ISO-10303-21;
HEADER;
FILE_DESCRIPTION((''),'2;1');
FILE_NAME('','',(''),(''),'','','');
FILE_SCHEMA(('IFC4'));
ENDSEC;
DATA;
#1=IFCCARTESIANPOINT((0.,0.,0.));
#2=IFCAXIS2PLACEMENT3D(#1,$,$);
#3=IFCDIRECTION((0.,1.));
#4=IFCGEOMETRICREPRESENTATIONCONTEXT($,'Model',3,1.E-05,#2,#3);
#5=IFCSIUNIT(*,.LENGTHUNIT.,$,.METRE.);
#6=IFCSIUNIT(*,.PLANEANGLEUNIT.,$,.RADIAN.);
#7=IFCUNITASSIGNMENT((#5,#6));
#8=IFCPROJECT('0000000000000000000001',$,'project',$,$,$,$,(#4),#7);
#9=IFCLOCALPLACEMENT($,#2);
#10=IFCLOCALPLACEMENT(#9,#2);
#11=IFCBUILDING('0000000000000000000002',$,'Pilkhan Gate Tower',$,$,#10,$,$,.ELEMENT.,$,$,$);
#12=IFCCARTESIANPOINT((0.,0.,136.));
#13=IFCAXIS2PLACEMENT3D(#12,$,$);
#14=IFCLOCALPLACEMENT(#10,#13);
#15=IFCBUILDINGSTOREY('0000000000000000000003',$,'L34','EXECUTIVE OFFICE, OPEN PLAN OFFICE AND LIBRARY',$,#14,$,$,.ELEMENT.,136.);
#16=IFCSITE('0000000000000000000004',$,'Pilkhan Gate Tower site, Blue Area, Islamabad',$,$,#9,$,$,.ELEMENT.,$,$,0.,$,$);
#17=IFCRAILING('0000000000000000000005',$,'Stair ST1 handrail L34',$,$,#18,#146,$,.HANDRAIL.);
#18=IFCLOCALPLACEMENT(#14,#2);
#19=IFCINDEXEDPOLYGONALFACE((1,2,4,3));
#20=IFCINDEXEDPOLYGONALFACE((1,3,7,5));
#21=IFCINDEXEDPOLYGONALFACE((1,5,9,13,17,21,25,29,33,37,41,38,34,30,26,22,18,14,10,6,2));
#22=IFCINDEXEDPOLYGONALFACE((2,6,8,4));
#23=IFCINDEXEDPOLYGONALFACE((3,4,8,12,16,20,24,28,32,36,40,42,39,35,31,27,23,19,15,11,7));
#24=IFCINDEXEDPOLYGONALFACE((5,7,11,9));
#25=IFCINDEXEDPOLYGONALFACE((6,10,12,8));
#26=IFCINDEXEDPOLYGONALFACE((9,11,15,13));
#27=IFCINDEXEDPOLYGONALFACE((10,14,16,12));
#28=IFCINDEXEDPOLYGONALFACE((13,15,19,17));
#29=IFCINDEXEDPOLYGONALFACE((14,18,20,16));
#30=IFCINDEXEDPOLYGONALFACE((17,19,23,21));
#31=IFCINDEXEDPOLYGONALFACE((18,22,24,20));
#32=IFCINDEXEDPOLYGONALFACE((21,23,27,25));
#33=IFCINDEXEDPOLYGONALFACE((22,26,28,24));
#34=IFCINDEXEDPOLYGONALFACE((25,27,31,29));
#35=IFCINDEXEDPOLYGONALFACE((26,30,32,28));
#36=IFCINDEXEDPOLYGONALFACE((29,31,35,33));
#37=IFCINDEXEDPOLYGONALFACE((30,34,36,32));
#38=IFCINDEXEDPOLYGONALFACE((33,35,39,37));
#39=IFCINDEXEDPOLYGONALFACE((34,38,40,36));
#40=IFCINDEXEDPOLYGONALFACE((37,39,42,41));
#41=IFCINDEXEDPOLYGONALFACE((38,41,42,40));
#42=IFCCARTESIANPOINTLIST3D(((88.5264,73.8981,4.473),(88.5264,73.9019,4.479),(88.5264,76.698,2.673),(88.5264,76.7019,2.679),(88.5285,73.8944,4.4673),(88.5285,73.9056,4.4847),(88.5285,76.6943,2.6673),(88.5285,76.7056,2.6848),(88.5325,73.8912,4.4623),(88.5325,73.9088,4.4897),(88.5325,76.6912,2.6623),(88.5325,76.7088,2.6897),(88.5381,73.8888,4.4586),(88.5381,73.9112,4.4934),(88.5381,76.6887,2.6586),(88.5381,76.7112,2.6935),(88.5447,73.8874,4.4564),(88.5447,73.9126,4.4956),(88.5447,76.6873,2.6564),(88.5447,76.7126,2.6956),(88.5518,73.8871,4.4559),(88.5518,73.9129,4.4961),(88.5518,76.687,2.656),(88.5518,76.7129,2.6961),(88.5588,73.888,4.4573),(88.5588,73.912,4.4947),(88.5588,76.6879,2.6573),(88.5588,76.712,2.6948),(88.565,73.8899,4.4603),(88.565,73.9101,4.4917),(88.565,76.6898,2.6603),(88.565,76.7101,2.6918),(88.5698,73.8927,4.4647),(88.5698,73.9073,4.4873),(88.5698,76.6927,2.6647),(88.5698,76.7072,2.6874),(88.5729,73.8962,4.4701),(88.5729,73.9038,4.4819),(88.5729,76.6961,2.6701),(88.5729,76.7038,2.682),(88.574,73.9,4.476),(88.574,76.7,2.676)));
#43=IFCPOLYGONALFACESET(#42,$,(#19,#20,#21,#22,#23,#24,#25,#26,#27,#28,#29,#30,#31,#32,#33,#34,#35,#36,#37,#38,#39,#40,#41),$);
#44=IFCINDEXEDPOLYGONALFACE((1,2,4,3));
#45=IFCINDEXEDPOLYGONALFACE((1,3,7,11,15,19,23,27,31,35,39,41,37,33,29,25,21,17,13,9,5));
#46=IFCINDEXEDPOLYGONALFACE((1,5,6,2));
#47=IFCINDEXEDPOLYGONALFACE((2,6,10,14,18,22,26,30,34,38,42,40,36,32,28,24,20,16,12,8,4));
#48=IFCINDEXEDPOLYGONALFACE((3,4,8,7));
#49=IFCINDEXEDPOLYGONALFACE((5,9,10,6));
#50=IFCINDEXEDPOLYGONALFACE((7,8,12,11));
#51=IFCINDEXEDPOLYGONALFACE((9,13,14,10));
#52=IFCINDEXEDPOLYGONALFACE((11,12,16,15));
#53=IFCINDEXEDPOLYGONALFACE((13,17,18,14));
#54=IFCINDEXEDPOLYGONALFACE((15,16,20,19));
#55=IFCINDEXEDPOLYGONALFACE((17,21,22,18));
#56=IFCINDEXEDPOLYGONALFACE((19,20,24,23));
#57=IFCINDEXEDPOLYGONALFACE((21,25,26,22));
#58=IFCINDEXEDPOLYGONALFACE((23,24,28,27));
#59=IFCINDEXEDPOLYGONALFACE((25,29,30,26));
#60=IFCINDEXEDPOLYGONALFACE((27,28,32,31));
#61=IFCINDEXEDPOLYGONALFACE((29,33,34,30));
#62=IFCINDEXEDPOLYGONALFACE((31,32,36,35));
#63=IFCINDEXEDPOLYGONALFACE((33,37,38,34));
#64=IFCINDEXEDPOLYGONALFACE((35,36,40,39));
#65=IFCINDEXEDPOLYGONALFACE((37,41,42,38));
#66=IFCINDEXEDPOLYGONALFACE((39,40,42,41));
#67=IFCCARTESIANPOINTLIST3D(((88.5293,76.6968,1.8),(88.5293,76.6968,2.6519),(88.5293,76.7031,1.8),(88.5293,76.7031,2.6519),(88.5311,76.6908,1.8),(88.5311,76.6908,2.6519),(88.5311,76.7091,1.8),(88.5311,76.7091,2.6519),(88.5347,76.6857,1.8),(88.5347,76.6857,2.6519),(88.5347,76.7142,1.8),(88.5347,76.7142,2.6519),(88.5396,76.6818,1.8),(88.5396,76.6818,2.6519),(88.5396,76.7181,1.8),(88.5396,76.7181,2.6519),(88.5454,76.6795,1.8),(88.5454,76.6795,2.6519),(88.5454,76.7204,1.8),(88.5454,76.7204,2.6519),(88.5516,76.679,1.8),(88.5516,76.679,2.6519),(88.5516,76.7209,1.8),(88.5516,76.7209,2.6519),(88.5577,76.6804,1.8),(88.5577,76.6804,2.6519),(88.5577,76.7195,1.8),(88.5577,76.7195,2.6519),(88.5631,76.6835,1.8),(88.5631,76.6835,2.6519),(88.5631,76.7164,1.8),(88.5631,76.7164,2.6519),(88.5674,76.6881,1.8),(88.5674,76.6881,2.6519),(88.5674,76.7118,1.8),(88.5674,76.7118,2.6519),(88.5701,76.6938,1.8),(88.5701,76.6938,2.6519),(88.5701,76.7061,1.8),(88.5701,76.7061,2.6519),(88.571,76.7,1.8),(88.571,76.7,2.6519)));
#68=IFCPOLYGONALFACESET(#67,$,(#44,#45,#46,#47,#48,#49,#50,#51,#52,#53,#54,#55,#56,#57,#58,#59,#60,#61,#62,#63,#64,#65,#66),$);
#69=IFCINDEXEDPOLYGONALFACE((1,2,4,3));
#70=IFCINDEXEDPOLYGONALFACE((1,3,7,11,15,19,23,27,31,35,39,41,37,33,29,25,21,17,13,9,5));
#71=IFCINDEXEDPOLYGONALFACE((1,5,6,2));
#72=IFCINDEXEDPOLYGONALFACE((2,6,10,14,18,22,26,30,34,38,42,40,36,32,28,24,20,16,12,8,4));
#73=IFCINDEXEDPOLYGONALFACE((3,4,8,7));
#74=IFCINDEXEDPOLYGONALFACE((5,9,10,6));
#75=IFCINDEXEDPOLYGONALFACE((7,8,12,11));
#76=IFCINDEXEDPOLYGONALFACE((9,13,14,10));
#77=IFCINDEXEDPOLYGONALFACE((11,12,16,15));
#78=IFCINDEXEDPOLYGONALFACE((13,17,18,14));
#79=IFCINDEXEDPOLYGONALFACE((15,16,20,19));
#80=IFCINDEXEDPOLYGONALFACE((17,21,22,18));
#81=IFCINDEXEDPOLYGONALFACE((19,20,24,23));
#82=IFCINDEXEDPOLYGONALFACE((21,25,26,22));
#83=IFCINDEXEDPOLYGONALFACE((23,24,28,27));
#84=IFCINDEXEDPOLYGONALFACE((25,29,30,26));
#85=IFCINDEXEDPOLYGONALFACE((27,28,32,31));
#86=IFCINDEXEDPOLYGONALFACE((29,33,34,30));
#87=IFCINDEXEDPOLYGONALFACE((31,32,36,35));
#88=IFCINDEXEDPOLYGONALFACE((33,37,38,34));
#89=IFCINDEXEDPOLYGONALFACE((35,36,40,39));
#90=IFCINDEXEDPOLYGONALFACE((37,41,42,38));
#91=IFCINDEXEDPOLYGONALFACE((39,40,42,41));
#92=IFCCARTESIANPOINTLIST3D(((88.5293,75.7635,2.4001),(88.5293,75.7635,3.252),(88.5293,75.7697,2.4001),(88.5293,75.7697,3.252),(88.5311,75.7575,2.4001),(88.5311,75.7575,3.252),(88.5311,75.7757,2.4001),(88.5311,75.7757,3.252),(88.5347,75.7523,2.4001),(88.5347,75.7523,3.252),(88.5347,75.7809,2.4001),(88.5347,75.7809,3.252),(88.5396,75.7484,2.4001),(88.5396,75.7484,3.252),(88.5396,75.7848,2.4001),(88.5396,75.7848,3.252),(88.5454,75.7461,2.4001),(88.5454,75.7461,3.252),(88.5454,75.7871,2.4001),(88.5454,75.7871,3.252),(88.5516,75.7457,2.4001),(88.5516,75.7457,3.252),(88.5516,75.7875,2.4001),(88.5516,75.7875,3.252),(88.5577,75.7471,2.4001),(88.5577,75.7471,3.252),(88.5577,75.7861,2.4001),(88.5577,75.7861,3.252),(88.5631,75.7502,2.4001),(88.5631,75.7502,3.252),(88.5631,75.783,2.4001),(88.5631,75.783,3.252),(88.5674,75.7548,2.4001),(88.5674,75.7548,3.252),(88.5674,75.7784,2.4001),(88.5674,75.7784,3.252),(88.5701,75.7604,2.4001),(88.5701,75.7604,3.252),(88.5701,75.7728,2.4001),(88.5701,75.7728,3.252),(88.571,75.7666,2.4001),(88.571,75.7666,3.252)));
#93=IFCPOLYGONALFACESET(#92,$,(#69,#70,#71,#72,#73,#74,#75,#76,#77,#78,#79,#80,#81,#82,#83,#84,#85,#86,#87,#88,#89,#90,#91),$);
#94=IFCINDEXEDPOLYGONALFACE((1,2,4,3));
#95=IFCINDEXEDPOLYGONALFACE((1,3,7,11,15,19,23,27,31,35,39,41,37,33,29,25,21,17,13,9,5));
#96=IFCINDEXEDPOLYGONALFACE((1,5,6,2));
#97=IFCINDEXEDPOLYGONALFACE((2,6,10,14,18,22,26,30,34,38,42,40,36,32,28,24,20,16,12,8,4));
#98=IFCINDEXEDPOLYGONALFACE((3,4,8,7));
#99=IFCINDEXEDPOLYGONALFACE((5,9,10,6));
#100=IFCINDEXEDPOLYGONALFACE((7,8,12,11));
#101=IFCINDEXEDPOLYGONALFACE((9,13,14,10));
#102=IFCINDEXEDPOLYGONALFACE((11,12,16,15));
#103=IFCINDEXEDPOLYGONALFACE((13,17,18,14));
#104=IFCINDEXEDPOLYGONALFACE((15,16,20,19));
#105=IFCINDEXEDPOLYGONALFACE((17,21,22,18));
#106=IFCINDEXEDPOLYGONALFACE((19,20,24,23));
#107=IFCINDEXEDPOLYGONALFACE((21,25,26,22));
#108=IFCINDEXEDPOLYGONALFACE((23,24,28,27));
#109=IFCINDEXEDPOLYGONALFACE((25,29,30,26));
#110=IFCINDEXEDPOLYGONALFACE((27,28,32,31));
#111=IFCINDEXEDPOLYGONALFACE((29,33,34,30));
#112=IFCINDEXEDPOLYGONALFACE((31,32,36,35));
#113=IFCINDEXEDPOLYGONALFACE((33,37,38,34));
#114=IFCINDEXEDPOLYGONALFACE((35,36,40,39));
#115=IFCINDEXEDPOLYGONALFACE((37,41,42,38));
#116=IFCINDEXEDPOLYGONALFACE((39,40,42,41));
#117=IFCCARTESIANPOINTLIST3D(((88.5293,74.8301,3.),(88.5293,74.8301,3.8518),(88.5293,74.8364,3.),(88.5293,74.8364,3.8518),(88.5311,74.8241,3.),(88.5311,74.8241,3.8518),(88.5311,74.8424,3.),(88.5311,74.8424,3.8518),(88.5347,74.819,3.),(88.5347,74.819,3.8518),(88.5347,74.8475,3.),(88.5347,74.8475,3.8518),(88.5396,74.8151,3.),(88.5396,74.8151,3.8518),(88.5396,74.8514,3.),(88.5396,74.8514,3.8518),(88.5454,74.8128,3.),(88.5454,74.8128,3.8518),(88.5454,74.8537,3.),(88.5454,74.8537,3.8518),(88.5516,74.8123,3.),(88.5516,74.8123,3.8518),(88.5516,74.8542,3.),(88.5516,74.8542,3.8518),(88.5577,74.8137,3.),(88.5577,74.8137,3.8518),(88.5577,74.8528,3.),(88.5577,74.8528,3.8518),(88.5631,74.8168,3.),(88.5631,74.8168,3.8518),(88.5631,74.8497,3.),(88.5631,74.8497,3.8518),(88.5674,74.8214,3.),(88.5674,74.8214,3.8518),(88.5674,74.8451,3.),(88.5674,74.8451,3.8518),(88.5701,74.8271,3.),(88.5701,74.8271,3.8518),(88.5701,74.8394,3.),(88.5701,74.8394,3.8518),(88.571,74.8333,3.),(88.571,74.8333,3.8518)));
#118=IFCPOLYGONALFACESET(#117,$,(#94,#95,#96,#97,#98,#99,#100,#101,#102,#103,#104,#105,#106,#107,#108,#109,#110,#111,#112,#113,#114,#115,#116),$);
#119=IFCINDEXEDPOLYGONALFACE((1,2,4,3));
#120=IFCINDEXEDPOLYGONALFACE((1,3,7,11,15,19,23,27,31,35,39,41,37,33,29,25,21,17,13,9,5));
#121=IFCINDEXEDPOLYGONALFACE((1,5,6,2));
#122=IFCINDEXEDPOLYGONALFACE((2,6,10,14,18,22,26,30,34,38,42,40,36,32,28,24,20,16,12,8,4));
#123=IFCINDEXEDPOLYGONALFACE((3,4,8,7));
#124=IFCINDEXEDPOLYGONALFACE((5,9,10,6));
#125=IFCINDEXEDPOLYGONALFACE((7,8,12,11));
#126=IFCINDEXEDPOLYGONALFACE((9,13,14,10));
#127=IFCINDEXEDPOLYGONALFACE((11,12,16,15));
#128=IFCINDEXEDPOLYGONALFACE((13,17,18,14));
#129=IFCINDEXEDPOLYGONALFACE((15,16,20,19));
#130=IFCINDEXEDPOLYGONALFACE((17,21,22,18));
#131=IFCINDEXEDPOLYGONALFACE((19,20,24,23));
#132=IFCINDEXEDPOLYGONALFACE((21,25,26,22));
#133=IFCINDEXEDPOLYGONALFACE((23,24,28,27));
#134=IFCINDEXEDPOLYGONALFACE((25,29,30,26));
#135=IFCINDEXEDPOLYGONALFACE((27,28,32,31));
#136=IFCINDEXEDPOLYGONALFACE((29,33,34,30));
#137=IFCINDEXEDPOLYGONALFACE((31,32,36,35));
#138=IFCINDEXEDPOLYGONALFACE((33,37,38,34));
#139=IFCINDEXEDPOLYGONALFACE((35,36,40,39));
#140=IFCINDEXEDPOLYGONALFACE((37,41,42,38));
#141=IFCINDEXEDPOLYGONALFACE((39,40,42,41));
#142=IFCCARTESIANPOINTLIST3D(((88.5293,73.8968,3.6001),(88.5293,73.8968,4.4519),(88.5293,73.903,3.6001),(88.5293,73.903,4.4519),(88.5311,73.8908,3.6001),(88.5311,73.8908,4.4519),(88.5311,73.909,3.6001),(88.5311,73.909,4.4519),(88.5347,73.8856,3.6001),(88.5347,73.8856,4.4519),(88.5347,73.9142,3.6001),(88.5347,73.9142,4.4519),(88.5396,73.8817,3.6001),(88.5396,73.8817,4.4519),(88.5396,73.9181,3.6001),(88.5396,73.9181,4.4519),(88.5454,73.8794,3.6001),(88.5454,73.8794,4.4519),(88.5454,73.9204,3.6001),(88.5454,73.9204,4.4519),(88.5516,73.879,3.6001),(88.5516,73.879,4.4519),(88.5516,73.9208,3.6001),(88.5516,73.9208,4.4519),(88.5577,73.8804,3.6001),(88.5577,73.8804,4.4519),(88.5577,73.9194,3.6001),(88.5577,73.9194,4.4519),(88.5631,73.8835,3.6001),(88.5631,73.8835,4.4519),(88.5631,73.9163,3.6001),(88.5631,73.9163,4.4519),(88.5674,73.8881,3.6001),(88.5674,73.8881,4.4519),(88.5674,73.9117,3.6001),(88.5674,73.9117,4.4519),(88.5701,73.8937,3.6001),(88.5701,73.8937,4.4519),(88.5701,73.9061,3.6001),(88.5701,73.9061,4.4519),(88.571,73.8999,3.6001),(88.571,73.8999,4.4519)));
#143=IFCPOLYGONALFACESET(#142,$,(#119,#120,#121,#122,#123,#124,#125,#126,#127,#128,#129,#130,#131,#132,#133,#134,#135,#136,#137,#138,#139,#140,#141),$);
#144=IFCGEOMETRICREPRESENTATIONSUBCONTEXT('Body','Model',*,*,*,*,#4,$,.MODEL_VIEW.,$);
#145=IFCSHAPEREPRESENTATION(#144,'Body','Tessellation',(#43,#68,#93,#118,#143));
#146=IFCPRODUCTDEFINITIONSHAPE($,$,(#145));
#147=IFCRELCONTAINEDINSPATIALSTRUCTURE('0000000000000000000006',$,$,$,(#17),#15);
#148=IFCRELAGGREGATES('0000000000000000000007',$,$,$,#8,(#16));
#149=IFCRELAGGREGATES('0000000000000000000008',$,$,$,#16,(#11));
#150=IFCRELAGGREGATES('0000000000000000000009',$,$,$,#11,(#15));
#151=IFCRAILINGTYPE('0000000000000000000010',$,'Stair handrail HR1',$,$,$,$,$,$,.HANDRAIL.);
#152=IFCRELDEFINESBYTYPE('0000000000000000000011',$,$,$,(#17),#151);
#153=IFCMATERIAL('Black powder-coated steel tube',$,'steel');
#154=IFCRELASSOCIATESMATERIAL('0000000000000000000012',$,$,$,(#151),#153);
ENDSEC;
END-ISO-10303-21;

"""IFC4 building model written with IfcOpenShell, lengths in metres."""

from ifc_helpers import new_model, si_unit, direction, frame, origin, origin_2d, place, context, subcontext, project, spatial, circle, extrude, material, type_object, element, save


model = new_model("IFC4")

# Units and contexts
model_context = context("Model", 3, precision=1e-05, world=origin(), true_north=direction((0.0, 1.0)))
body_context = subcontext(model_context, "Body", "Model", "MODEL_VIEW")
ifc_project = project(units=[si_unit("LENGTHUNIT", "METRE"), si_unit("PLANEANGLEUNIT", "RADIAN")], contexts=[model_context])

# Site, building, storey
site_placement = place(None, origin())
site = spatial("IfcSite", under=ifc_project, at=site_placement, Name="Pilkhan Gate Tower site, Blue Area, Islamabad", CompositionType="ELEMENT", RefElevation=0.0)
building_placement = place(site_placement, origin())
building = spatial("IfcBuilding", under=site, at=building_placement, Name="Pilkhan Gate Tower", CompositionType="ELEMENT")
storey_placement = place(building_placement, frame((0.0, 0.0, 136.0)))
storey = spatial("IfcBuildingStorey", under=building, at=storey_placement, Name="L34", Description="EXECUTIVE OFFICE, OPEN PLAN OFFICE AND LIBRARY", CompositionType="ELEMENT", Elevation=136.0)

# Railing
ifc_material_1 = material(Name="Black powder-coated steel tube", Category="steel")
railing_type_1 = type_object("IfcRailingType", Name="Stair handrail HR1", PredefinedType="HANDRAIL", material=ifc_material_1)
railing_1_placement = place(storey_placement, frame((88.55, 76.7, 1.8)))
element("IfcRailing", 1, at=railing_1_placement, inside=storey, type_object=railing_type_1, Name="Stair ST1 handrail L34", PredefinedType="HANDRAIL", context=body_context, shape_type="SweptSolid", body=[
    extrude(circle(Radius=0.0239, at=origin_2d()), frame((0.0, 0.0, 0.876), z_axis=(0.0, -0.841176, 0.540761), x_axis=(1.0, 0.0, 0.0)), (0.0, 0.0, 1.0), 3.3286),
    extrude(circle(Radius=0.021, at=origin_2d()), origin(), (0.0, 0.0, 1.0), 0.8518),
    extrude(circle(Radius=0.021, at=origin_2d()), frame((0.0, -0.9333, 0.6001)), (0.0, 0.0, 1.0), 0.8518),
    extrude(circle(Radius=0.021, at=origin_2d()), frame((0.0, -1.8667, 1.2)), (0.0, 0.0, 1.0), 0.8518),
    extrude(circle(Radius=0.021, at=origin_2d()), frame((0.0, -2.8, 1.8)), (0.0, 0.0, 1.0), 0.8518),
])

save(model, "model.ifc")
